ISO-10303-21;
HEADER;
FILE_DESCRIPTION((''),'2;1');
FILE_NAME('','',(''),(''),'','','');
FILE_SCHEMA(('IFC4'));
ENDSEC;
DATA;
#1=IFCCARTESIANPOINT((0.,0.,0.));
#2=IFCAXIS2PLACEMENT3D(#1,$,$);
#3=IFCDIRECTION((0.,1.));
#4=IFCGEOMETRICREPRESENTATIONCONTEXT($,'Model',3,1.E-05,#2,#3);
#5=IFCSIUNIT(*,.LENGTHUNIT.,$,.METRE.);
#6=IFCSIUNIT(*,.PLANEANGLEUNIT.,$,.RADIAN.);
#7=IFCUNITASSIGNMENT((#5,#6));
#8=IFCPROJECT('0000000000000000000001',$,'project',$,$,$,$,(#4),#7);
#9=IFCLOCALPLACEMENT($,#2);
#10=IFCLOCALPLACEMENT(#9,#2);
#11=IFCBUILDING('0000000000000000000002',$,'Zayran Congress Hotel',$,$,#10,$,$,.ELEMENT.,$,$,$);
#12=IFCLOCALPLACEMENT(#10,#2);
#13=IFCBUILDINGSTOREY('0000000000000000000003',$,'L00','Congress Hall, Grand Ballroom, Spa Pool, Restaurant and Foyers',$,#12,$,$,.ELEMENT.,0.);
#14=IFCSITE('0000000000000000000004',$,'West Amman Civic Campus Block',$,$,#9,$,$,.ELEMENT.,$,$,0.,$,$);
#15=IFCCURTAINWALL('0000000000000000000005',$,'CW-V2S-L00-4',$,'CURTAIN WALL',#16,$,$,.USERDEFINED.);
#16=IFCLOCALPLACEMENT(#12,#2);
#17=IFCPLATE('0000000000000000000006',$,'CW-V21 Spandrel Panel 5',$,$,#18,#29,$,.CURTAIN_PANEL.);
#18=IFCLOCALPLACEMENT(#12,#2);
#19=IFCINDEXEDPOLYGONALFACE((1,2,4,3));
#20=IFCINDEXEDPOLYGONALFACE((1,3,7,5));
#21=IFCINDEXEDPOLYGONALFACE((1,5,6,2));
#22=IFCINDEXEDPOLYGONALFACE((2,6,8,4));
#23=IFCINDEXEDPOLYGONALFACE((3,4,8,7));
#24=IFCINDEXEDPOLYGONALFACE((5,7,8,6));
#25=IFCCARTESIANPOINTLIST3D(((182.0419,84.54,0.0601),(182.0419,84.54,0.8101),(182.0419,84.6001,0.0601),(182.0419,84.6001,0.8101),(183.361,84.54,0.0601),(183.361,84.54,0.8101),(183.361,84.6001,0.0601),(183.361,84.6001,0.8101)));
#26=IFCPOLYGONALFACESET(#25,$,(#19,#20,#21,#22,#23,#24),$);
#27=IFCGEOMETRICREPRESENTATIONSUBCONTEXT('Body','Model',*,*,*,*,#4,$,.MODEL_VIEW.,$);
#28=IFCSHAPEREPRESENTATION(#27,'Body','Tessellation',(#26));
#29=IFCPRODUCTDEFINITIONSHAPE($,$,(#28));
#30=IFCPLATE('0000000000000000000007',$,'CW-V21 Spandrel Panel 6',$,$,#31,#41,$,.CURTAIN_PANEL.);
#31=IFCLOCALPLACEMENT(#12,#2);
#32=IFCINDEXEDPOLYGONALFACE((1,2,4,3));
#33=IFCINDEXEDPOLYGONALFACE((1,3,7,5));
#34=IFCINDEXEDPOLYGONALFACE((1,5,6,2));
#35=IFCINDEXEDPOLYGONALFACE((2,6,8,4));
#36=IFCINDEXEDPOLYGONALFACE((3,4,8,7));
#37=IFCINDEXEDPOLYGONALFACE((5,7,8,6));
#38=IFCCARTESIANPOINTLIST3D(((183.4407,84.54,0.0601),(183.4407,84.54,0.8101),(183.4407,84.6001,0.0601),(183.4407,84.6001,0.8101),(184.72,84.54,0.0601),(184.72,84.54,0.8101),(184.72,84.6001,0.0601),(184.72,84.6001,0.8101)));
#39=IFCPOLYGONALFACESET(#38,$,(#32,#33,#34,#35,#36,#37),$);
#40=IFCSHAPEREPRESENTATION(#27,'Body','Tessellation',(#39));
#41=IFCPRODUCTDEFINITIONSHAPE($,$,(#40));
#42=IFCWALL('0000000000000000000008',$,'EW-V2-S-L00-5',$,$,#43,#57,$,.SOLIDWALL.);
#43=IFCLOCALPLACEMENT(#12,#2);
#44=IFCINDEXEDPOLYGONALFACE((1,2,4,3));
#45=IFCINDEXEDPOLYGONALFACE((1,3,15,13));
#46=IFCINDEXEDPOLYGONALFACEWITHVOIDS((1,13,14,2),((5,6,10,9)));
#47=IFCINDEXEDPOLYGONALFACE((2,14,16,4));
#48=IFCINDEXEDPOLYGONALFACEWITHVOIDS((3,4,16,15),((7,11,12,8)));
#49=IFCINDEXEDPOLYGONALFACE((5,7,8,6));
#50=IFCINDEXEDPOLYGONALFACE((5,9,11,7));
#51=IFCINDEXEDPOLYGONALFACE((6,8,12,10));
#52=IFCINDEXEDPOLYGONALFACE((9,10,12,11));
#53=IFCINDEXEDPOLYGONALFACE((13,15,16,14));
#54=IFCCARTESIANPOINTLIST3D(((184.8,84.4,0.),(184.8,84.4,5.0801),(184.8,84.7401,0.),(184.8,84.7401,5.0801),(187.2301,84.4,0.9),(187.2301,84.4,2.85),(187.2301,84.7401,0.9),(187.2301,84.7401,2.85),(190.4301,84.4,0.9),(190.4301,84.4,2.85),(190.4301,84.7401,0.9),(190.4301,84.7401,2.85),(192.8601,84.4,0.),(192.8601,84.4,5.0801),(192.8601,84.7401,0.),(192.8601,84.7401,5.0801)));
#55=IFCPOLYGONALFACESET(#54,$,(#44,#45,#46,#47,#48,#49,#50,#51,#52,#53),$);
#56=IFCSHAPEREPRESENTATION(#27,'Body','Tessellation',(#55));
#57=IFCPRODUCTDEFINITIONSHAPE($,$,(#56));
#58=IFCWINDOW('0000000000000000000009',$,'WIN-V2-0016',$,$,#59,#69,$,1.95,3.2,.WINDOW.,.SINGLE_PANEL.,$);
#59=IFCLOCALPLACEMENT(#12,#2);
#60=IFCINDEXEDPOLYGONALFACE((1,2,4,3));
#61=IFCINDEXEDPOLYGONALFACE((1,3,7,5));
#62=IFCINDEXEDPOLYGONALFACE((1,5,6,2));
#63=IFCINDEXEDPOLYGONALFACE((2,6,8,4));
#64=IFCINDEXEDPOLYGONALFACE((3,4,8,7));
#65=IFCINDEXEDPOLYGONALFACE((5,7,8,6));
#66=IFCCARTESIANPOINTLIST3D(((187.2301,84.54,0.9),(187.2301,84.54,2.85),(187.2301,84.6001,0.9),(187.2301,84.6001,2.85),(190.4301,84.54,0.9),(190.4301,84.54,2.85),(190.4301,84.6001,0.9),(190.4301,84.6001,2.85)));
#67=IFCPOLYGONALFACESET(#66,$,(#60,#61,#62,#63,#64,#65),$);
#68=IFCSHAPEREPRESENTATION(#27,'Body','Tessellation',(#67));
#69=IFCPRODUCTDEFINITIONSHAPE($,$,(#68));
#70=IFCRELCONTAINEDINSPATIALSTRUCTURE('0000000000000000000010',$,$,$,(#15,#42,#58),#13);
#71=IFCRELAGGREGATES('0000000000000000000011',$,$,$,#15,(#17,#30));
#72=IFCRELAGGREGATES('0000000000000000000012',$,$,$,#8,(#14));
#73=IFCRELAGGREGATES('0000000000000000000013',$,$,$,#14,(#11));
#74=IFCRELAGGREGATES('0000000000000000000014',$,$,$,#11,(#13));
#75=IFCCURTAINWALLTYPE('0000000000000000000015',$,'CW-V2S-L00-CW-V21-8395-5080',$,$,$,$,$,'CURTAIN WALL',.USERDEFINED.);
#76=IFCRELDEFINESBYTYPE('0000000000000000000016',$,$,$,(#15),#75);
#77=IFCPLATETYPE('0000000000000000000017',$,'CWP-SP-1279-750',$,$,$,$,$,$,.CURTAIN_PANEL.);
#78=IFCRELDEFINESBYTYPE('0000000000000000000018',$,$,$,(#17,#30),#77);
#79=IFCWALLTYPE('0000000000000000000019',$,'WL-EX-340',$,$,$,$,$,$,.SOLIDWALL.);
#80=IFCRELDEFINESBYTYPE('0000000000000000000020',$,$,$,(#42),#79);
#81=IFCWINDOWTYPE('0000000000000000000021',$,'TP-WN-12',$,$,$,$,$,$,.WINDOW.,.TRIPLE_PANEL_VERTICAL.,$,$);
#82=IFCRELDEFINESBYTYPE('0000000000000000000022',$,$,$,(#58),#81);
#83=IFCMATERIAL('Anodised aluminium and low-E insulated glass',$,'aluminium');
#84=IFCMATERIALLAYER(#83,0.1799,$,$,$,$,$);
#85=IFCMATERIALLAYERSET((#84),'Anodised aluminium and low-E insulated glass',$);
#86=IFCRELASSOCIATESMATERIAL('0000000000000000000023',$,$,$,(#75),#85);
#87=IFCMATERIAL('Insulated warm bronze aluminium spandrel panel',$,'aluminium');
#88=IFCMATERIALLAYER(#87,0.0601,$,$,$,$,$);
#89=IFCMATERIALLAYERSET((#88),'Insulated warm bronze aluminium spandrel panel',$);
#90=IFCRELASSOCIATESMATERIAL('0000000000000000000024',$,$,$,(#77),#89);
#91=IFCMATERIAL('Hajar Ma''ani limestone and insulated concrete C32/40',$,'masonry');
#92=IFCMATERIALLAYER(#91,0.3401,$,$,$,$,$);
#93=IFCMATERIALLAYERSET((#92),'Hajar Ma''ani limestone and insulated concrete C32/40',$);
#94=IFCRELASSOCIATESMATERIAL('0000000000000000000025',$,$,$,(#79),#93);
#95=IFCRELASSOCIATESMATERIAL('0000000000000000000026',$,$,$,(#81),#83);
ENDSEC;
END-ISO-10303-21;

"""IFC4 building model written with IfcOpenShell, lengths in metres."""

from ifc_helpers import new_model, si_unit, direction, frame, frame_2d, origin, origin_2d, place, context, subcontext, project, spatial, rectangle, extrude, material, layer, layer_set, type_object, element, fill, aggregate, save


model = new_model("IFC4")

# Units and contexts
model_context = context("Model", 3, precision=1e-05, world=origin(), true_north=direction((0.0, 1.0)))
body_context = subcontext(model_context, "Body", "Model", "MODEL_VIEW")
ifc_project = project(units=[si_unit("LENGTHUNIT", "METRE"), si_unit("PLANEANGLEUNIT", "RADIAN")], contexts=[model_context])

# Site, building, storey
site_placement = place(None, origin())
site = spatial("IfcSite", under=ifc_project, at=site_placement, Name="West Amman Civic Campus Block", CompositionType="ELEMENT", RefElevation=0.0)
building_placement = place(site_placement, origin())
building = spatial("IfcBuilding", under=site, at=building_placement, Name="Zayran Congress Hotel", CompositionType="ELEMENT")
storey_placement = place(building_placement, origin())
storey = spatial("IfcBuildingStorey", under=building, at=storey_placement, Name="L00", Description="Congress Hall, Grand Ballroom, Spa Pool, Restaurant and Foyers", CompositionType="ELEMENT", Elevation=0.0)

# Curtain wall, plates
ifc_material_1 = material(Name="Anodised aluminium and low-E insulated glass", Category="aluminium")
ifc_layer_1 = layer(ifc_material_1, 0.1799)
ifc_layer_set_1 = layer_set([ifc_layer_1], Name="Anodised aluminium and low-E insulated glass")
curtain_wall_type = type_object("IfcCurtainWallType", Name="CW-V2S-L00-CW-V21-8395-5080", ElementType="CURTAIN WALL", PredefinedType="USERDEFINED", material=ifc_layer_set_1)
curtain_wall_placement = place(storey_placement, origin())
curtain_wall = element("IfcCurtainWall", 1, at=curtain_wall_placement, inside=storey, type_object=curtain_wall_type, Name="CW-V2S-L00-4", ObjectType="CURTAIN WALL", PredefinedType="USERDEFINED")
ifc_material_2 = material(Name="Insulated warm bronze aluminium spandrel panel", Category="aluminium")
ifc_layer_2 = layer(ifc_material_2, 0.0601)
ifc_layer_set_2 = layer_set([ifc_layer_2], Name="Insulated warm bronze aluminium spandrel panel")
plate_type_1 = type_object("IfcPlateType", Name="CWP-SP-1279-750", PredefinedType="CURTAIN_PANEL", material=ifc_layer_set_2)
plate_1_placement = place(storey_placement, frame((182.7014, 84.5701, 0.0601), z_axis=(0.0, 0.0, 1.0), x_axis=(1.0, 0.0, 0.0)))
plate_1 = element("IfcPlate", 2, at=plate_1_placement, type_object=plate_type_1, Name="CW-V21 Spandrel Panel 5", PredefinedType="CURTAIN_PANEL", context=body_context, shape_type="SweptSolid", body=[
    extrude(rectangle(XDim=1.3191, YDim=0.0601, at=origin_2d()), origin(), (0.0, 0.0, 1.0), 0.75),
])
plate_2_placement = place(storey_placement, frame((184.0803, 84.5701, 0.0601), z_axis=(0.0, 0.0, 1.0), x_axis=(1.0, 0.0, 0.0)))
plate_2 = element("IfcPlate", 3, at=plate_2_placement, type_object=plate_type_1, Name="CW-V21 Spandrel Panel 6", PredefinedType="CURTAIN_PANEL", context=body_context, shape_type="SweptSolid", body=[
    extrude(rectangle(XDim=1.2793, YDim=0.0601, at=origin_2d()), origin(), (0.0, 0.0, 1.0), 0.75),
])
aggregate(curtain_wall, [plate_1, plate_2])

# Wall, opening, window
ifc_material_3 = material(Name="Hajar Ma'ani limestone and insulated concrete C32/40", Category="masonry")
ifc_layer_3 = layer(ifc_material_3, 0.3401)
ifc_layer_set_3 = layer_set([ifc_layer_3], Name="Hajar Ma'ani limestone and insulated concrete C32/40")
wall_type = type_object("IfcWallType", Name="WL-EX-340", PredefinedType="SOLIDWALL", material=ifc_layer_set_3)
wall_placement = place(storey_placement, frame((192.8601, 84.5701, 0.0), z_axis=(0.0, 0.0, 1.0), x_axis=(-1.0, 0.0, 0.0)))
wall = element("IfcWall", 4, at=wall_placement, inside=storey, type_object=wall_type, Name="EW-V2-S-L00-5", PredefinedType="SOLIDWALL", context=body_context, shape_type="SweptSolid", body=[
    extrude(rectangle(XDim=8.0601, YDim=0.3401, at=frame_2d((4.03, 0.0))), origin(), (0.0, 0.0, 1.0), 5.0801),
])
opening_placement = place(wall_placement, frame((2.4299, 0.0, 0.8999)))
opening = element("IfcOpeningElement", 5, at=opening_placement, cuts=wall, PredefinedType="OPENING", context=body_context, shape_type="SweptSolid", body=[
    extrude(rectangle(XDim=3.2, YDim=1.95, at=frame_2d((1.6001, 0.9751))), frame((0.0, 0.1799, 0.0), z_axis=(0.0, -1.0, 0.0), x_axis=(1.0, 0.0, 0.0)), (0.0, 0.0, 1.0), 0.3601),
])
window_type = type_object("IfcWindowType", Name="TP-WN-12", PartitioningType="TRIPLE_PANEL_VERTICAL", PredefinedType="WINDOW", material=ifc_material_1)
window_placement = place(opening_placement, origin())
window = element("IfcWindow", 6, at=window_placement, inside=storey, type_object=window_type, Name="WIN-V2-0016", OverallHeight=1.95, OverallWidth=3.2, PartitioningType="SINGLE_PANEL", PredefinedType="WINDOW", context=body_context, shape_type="SweptSolid", body=[
    extrude(rectangle(XDim=3.2, YDim=1.95, at=frame_2d((1.6001, 0.9751))), frame((0.0, 0.03, 0.0), z_axis=(0.0, -1.0, 0.0), x_axis=(1.0, 0.0, 0.0)), (0.0, 0.0, 1.0), 0.0601),
])
fill(opening, window)

save(model, "model.ifc")
